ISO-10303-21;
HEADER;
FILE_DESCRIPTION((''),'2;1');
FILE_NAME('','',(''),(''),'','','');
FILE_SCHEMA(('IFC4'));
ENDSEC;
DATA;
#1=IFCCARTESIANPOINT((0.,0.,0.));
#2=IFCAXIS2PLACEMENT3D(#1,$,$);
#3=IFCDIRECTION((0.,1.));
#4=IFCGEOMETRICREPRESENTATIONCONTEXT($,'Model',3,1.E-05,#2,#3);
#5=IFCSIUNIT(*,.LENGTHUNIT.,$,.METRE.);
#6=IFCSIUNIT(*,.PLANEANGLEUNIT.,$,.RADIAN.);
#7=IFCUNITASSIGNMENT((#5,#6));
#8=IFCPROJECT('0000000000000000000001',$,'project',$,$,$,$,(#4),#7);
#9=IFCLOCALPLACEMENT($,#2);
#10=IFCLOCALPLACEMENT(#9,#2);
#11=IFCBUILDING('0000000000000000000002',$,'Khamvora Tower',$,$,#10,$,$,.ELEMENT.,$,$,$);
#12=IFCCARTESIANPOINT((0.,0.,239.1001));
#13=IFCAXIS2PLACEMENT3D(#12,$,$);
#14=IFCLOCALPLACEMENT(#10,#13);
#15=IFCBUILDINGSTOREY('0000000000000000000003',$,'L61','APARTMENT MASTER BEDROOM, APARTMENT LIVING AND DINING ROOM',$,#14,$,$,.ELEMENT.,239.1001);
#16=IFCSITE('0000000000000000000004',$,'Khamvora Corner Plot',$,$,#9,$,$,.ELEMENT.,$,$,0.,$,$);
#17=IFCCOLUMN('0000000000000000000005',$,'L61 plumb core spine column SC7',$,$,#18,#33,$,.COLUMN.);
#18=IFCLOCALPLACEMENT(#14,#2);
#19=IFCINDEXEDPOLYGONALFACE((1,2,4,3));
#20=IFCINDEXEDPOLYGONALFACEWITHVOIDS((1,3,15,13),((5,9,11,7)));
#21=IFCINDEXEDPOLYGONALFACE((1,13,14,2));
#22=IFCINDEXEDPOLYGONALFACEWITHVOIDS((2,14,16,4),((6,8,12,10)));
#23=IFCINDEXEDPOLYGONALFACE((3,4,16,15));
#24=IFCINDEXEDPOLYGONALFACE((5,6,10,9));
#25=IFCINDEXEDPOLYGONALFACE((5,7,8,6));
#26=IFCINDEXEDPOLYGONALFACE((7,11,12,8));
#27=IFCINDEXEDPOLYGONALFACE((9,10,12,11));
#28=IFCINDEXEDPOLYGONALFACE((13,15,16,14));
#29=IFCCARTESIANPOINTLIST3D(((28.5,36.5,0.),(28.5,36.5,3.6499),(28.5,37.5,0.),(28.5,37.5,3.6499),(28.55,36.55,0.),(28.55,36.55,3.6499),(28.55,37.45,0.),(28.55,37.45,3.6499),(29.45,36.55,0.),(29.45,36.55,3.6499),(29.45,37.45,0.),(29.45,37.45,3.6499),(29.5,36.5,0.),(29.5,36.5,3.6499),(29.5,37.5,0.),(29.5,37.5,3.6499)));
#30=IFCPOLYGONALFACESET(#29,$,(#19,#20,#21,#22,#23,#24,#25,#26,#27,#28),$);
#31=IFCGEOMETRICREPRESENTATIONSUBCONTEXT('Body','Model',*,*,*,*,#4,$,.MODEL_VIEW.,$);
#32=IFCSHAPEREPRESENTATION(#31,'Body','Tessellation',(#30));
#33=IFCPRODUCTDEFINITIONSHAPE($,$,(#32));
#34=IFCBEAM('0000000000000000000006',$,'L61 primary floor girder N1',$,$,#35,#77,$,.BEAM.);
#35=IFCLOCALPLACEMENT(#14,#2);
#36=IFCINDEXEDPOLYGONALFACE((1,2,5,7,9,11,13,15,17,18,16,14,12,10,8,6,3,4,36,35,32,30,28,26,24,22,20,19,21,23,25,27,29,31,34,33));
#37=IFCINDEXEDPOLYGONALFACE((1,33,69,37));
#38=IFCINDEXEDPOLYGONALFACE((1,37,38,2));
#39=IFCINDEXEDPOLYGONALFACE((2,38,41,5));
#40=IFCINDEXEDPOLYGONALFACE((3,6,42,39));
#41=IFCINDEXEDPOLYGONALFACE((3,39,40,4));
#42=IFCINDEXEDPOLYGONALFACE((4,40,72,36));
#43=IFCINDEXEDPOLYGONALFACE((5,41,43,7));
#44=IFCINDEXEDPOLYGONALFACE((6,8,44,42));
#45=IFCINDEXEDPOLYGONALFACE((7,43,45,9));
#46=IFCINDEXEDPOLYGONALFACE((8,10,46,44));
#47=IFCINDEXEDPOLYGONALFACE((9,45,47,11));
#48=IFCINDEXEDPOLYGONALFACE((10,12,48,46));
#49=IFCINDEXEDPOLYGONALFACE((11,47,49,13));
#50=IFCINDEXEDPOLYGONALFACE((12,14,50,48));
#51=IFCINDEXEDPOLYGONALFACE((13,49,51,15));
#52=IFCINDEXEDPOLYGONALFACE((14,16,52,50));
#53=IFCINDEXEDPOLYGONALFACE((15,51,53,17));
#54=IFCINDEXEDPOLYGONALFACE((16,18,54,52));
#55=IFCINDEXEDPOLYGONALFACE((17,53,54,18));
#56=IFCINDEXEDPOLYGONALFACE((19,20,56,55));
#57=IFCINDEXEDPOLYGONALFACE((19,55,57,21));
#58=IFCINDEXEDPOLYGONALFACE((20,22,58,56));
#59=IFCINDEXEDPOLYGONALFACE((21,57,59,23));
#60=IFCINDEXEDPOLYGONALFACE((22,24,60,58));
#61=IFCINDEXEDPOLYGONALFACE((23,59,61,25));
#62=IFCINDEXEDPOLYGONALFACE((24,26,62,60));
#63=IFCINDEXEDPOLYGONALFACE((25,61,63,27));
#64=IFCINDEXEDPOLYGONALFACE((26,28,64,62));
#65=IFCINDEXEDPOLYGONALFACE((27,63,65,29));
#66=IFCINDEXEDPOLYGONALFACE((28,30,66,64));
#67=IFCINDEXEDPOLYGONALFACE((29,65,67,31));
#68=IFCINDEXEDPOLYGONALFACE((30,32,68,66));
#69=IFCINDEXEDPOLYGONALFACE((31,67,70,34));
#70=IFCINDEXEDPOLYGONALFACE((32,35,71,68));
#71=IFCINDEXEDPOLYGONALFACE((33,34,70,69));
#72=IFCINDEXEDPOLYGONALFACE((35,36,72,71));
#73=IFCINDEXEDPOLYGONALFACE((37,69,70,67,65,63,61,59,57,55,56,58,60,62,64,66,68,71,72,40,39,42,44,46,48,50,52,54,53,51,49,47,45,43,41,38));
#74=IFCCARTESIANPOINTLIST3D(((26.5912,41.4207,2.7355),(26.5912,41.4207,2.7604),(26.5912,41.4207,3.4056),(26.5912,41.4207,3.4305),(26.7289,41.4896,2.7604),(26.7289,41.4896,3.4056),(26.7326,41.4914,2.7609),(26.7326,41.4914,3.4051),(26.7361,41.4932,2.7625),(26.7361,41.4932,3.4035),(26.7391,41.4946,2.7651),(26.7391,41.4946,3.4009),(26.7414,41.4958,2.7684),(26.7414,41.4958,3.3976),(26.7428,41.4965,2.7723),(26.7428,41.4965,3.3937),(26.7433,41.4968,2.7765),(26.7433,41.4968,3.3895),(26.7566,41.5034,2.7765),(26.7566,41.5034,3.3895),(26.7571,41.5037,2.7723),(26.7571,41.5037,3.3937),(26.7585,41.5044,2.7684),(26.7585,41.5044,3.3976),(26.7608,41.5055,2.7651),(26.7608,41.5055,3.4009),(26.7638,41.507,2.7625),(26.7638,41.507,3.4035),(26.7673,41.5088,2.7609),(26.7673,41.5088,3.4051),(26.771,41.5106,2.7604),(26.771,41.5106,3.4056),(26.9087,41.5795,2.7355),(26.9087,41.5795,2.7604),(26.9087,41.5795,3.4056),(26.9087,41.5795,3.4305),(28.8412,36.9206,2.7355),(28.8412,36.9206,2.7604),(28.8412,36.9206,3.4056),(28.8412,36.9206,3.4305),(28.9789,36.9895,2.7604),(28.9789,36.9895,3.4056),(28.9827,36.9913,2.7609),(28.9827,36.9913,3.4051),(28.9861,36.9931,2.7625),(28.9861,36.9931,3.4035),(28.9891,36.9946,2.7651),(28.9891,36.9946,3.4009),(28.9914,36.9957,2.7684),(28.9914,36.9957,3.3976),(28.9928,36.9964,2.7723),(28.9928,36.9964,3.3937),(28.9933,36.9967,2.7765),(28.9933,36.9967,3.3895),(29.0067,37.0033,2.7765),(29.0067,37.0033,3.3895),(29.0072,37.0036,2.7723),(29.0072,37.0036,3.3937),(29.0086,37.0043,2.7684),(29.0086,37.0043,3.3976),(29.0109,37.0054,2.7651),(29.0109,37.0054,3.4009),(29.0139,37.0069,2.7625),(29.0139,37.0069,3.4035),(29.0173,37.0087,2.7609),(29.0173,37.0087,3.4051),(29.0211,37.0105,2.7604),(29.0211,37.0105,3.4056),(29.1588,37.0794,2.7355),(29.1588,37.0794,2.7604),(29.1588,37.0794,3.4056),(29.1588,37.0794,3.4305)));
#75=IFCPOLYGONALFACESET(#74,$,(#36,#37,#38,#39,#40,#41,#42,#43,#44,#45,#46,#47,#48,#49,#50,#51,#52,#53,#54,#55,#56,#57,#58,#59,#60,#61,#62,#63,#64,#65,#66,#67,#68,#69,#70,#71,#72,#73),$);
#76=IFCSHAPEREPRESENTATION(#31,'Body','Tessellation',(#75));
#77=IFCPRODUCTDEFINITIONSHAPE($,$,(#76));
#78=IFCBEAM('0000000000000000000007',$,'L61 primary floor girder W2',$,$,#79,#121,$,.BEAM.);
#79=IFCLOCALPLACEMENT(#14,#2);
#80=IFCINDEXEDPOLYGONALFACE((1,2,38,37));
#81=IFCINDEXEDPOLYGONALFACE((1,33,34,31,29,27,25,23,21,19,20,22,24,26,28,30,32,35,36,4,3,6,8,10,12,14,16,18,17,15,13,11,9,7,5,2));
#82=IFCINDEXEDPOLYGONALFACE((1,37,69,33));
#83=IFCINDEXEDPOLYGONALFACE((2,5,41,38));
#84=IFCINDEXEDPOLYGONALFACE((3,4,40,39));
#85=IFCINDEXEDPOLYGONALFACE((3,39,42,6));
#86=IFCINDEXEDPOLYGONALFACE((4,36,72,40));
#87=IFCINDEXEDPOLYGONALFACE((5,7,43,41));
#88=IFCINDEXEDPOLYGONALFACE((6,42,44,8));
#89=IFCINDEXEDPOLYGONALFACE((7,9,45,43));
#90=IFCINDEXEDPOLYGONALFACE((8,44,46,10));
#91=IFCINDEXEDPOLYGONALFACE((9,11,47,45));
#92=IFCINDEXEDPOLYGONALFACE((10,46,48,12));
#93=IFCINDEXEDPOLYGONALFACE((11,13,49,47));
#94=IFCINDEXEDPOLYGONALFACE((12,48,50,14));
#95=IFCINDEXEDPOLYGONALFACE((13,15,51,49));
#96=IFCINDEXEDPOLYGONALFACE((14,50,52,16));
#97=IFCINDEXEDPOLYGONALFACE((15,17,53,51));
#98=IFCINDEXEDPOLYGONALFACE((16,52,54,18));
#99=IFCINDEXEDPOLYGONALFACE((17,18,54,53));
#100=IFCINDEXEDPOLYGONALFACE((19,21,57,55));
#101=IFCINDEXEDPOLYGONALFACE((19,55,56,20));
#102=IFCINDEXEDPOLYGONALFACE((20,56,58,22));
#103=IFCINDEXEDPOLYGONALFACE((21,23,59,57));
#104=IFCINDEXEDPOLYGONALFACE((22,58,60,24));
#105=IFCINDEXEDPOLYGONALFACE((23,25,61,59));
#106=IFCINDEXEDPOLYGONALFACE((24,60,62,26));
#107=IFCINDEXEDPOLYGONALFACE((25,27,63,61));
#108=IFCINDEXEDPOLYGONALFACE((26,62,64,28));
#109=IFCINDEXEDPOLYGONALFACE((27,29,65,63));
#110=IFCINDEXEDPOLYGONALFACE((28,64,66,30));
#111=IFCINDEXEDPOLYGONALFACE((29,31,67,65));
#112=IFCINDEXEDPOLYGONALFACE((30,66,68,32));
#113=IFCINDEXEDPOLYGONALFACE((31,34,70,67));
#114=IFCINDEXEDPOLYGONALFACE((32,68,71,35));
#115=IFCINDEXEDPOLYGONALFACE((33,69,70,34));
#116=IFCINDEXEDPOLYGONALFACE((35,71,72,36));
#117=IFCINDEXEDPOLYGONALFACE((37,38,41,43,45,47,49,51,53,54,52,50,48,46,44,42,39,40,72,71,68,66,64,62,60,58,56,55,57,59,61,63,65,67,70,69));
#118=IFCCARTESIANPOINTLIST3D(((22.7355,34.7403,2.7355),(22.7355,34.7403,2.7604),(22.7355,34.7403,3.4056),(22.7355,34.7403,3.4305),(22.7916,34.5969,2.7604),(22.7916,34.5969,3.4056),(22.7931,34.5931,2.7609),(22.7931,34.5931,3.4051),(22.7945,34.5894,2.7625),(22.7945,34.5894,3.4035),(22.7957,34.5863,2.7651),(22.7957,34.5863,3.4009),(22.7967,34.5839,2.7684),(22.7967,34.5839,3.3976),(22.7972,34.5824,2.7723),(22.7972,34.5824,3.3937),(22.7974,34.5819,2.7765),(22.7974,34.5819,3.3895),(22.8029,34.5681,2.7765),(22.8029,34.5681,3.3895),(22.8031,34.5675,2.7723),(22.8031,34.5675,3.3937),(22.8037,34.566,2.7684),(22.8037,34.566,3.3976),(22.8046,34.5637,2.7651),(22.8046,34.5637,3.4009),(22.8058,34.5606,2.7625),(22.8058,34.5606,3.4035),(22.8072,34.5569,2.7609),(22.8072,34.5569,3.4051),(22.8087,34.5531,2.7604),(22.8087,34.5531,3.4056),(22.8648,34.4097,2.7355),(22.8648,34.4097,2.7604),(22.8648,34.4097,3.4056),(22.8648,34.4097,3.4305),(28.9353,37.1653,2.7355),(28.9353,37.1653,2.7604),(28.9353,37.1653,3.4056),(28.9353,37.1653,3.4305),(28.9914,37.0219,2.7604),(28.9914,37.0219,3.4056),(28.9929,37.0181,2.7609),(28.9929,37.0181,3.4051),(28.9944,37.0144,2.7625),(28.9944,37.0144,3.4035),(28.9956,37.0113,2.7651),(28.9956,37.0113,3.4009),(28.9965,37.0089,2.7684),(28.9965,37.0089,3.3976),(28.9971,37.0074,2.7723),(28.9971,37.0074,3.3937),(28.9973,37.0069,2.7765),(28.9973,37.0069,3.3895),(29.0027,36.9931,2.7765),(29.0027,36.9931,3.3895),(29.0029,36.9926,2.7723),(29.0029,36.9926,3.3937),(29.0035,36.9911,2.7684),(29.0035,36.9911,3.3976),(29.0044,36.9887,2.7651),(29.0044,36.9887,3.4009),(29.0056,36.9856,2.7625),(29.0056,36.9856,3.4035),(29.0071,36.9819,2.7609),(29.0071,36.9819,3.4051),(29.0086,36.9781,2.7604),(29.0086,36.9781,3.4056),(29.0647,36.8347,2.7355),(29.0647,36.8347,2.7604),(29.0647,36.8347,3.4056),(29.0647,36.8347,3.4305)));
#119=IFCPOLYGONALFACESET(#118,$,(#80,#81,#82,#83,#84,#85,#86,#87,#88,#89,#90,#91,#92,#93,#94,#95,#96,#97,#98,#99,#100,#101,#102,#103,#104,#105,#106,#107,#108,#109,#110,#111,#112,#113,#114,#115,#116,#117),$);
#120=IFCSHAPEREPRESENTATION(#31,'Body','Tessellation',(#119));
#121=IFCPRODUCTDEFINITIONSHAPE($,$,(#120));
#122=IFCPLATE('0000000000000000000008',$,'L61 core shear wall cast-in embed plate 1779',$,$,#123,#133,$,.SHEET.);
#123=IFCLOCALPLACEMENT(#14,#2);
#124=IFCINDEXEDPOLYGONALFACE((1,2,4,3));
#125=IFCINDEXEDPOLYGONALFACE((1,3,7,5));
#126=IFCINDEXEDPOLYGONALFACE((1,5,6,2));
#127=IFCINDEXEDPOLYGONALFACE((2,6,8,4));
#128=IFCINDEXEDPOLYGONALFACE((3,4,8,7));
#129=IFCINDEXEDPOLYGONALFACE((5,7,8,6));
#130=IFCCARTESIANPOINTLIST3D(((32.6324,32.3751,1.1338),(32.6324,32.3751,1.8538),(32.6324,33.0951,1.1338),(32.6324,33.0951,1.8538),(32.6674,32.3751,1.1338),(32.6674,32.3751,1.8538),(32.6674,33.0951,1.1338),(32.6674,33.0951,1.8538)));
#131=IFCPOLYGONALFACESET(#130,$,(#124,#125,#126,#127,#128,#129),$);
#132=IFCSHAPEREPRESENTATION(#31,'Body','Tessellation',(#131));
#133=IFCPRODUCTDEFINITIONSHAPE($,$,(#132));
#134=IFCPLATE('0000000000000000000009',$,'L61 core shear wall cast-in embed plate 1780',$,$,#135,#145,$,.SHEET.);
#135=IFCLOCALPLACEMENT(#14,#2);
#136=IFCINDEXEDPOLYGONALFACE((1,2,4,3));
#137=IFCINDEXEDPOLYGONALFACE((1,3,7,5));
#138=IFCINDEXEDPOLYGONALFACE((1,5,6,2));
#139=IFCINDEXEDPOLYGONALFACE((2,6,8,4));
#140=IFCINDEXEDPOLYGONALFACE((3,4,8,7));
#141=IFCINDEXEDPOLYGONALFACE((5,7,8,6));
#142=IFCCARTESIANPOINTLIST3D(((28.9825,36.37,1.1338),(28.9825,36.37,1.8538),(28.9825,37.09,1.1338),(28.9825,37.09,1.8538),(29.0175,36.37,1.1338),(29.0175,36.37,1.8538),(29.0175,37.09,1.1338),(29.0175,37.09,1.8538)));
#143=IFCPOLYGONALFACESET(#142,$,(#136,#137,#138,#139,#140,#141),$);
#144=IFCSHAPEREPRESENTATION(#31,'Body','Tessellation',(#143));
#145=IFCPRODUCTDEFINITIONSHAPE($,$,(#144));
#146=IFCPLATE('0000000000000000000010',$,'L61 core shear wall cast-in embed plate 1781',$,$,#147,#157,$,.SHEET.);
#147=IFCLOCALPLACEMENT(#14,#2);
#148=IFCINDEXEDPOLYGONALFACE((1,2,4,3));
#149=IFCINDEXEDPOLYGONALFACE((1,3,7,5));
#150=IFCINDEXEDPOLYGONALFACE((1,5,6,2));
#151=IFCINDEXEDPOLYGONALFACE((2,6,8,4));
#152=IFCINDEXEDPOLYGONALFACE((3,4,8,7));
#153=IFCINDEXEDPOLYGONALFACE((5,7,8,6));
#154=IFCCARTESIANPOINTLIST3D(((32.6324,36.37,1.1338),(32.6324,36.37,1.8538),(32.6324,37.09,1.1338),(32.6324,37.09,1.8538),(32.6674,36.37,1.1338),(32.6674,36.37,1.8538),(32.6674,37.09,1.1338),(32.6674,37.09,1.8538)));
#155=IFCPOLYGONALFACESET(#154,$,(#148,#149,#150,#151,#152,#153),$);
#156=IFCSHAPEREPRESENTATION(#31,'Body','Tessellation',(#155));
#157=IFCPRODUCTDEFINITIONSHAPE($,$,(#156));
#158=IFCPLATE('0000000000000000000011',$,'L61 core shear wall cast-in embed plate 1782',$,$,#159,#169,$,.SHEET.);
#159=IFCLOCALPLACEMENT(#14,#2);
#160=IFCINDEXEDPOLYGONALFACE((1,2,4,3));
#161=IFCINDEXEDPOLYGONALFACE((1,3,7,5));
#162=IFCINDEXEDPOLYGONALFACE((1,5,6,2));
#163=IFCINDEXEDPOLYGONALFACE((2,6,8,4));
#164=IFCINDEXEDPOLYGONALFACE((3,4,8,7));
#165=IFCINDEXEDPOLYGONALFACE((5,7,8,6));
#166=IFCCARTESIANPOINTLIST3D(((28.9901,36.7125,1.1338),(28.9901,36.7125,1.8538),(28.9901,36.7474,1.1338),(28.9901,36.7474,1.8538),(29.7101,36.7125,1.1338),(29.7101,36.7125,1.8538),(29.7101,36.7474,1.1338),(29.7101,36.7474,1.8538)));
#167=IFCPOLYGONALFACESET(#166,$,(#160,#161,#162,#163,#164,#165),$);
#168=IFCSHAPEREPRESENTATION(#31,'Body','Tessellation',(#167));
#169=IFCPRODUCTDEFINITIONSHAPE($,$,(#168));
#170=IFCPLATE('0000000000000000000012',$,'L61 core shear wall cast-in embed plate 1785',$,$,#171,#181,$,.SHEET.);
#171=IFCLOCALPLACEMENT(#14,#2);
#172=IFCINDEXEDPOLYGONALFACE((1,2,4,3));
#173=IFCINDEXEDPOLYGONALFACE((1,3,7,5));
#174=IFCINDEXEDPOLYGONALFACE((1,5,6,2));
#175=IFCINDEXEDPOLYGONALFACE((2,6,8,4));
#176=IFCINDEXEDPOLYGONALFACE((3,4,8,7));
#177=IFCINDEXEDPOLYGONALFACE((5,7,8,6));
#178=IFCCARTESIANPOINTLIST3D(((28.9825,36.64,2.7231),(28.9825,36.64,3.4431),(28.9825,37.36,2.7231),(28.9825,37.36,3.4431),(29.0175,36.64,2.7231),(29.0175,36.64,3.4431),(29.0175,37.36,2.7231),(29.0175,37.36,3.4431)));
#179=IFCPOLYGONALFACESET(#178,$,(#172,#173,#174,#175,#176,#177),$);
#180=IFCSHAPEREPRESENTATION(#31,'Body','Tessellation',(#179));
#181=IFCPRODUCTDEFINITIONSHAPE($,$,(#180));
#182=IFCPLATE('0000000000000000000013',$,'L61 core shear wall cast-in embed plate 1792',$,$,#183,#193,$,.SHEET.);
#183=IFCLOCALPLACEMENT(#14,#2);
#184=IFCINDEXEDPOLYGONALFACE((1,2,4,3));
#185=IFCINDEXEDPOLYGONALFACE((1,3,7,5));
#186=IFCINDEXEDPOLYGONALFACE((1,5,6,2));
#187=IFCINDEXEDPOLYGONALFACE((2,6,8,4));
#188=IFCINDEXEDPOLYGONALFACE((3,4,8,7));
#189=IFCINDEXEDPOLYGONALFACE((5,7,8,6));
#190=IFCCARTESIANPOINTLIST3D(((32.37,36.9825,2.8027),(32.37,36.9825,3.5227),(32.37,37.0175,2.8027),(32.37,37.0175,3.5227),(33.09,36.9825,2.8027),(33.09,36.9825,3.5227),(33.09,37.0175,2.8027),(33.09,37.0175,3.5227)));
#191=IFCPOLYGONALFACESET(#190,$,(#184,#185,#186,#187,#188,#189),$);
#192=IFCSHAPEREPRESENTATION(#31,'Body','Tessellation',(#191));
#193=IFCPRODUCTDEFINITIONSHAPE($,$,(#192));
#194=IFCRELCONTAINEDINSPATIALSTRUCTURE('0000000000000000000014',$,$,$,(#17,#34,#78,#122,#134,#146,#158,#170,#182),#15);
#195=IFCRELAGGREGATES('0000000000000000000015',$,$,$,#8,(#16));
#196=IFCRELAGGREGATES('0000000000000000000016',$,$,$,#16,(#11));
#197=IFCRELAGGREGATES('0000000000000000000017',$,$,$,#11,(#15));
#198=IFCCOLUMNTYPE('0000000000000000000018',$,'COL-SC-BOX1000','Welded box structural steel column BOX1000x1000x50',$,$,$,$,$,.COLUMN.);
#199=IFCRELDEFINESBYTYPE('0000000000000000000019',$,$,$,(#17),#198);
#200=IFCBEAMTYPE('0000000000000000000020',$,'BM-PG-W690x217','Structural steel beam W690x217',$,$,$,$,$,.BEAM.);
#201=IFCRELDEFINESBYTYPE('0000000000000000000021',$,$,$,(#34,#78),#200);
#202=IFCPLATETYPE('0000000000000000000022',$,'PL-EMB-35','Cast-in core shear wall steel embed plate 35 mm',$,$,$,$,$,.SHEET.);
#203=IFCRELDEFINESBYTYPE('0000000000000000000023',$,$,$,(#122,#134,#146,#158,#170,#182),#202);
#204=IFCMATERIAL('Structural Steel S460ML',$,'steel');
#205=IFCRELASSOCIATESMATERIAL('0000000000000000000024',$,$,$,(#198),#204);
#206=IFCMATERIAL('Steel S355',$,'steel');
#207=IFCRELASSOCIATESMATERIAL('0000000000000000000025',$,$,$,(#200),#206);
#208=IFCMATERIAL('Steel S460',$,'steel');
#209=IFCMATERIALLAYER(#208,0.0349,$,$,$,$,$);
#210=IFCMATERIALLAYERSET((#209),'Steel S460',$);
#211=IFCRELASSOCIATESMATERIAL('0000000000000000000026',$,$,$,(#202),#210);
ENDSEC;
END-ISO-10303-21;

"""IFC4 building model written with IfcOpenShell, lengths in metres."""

from ifc_helpers import new_model, si_unit, direction, frame, origin, origin_2d, place, context, subcontext, project, spatial, rectangle, hollow_rectangle, i_section, extrude, material, layer, layer_set, material_profile, profile_set, type_object, element, save


model = new_model("IFC4")

# Units and contexts
model_context = context("Model", 3, precision=1e-05, world=origin(), true_north=direction((0.0, 1.0)))
body_context = subcontext(model_context, "Body", "Model", "MODEL_VIEW")
ifc_project = project(units=[si_unit("LENGTHUNIT", "METRE"), si_unit("PLANEANGLEUNIT", "RADIAN")], contexts=[model_context])

# Site, building, storey
site_placement = place(None, origin())
site = spatial("IfcSite", under=ifc_project, at=site_placement, Name="Khamvora Corner Plot", CompositionType="ELEMENT", RefElevation=0.0)
building_placement = place(site_placement, origin())
building = spatial("IfcBuilding", under=site, at=building_placement, Name="Khamvora Tower", CompositionType="ELEMENT")
storey_placement = place(building_placement, frame((0.0, 0.0, 239.1001)))
storey = spatial("IfcBuildingStorey", under=building, at=storey_placement, Name="L61", Description="APARTMENT MASTER BEDROOM, APARTMENT LIVING AND DINING ROOM", CompositionType="ELEMENT", Elevation=239.1001)

# Column
ifc_material_1 = material(Name="Structural Steel S460ML", Category="steel")
ifc_material_profile_1 = material_profile(ifc_material_1, hollow_rectangle(XDim=1.0, YDim=1.0, WallThickness=0.05, at=origin_2d()), Name="BOX1000x1000x50")
ifc_profile_set_1 = profile_set([ifc_material_profile_1], Name="Structural Steel S460ML")
column_type = type_object("IfcColumnType", Name="COL-SC-BOX1000", Description="Welded box structural steel column BOX1000x1000x50", PredefinedType="COLUMN", material=ifc_profile_set_1)
column_placement = place(storey_placement, frame((29.0, 37.0, 0.0), z_axis=(0.0, 0.0, 1.0), x_axis=(1.0, 0.0, 0.0)))
element("IfcColumn", 1, at=column_placement, inside=storey, type_object=column_type, Name="L61 plumb core spine column SC7", PredefinedType="COLUMN", context=body_context, shape_type="SweptSolid", body=[
    extrude(hollow_rectangle(XDim=1.0, YDim=1.0, WallThickness=0.05, at=origin_2d()), origin(), (0.0, 0.0, 1.0), 3.6499),
])

# Beams
ifc_material_2 = material(Name="Steel S355", Category="steel")
ifc_material_profile_2 = material_profile(ifc_material_2, i_section(OverallWidth=0.355, OverallDepth=0.6951, WebThickness=0.0149, FlangeThickness=0.0249, FilletRadius=0.0161, at=origin_2d()), Name="W690x217")
ifc_profile_set_2 = profile_set([ifc_material_profile_2], Name="Steel S355")
beam_type = type_object("IfcBeamType", Name="BM-PG-W690x217", Description="Structural steel beam W690x217", PredefinedType="BEAM", material=ifc_profile_set_2)
beam_1_placement = place(storey_placement, frame((29.0, 37.0, 3.083), z_axis=(-0.447214, 0.894427, 0.0), x_axis=(-0.894427, -0.447214, 0.0)))
element("IfcBeam", 2, at=beam_1_placement, inside=storey, type_object=beam_type, Name="L61 primary floor girder N1", PredefinedType="BEAM", context=body_context, shape_type="SweptSolid", body=[
    extrude(i_section(OverallWidth=0.355, OverallDepth=0.6951, WebThickness=0.0149, FlangeThickness=0.0249, FilletRadius=0.0161, at=origin_2d()), origin(), (0.0, 0.0, 1.0), 5.0312),
])
beam_2_placement = place(storey_placement, frame((29.0, 37.0, 3.083), z_axis=(-0.931295, -0.364267, 0.0), x_axis=(0.364267, -0.931295, 0.0)))
element("IfcBeam", 3, at=beam_2_placement, inside=storey, type_object=beam_type, Name="L61 primary floor girder W2", PredefinedType="BEAM", context=body_context, shape_type="SweptSolid", body=[
    extrude(i_section(OverallWidth=0.355, OverallDepth=0.6951, WebThickness=0.0149, FlangeThickness=0.0249, FilletRadius=0.0161, at=origin_2d()), origin(), (0.0, 0.0, 1.0), 6.6572),
])

# Plates
ifc_material_3 = material(Name="Steel S460", Category="steel")
ifc_layer_1 = layer(ifc_material_3, 0.0349)
ifc_layer_set_1 = layer_set([ifc_layer_1], Name="Steel S460")
plate_type = type_object("IfcPlateType", Name="PL-EMB-35", Description="Cast-in core shear wall steel embed plate 35 mm", PredefinedType="SHEET", material=ifc_layer_set_1)
for number, where, z_axis, x_axis, name in (
    (4, (32.6499, 32.7351, 1.1338), (0.0, 0.0, 1.0), (1.0, 0.0, 0.0), "L61 core shear wall cast-in embed plate 1779"),
    (5, (29.0, 36.73, 1.1338), (0.0, 0.0, 1.0), (1.0, 0.0, 0.0), "L61 core shear wall cast-in embed plate 1780"),
    (6, (32.6499, 36.73, 1.1338), (0.0, 0.0, 1.0), (1.0, 0.0, 0.0), "L61 core shear wall cast-in embed plate 1781"),
):
    element("IfcPlate", number, at=place(storey_placement, frame(where, z_axis=z_axis, x_axis=x_axis)), inside=storey, type_object=plate_type, Name=name, PredefinedType="SHEET", context=body_context, shape_type="SweptSolid", body=[
        extrude(rectangle(XDim=0.0349, YDim=0.72, at=origin_2d()), origin(), (0.0, 0.0, 1.0), 0.72),
    ])
plate_1_placement = place(storey_placement, frame((29.3501, 36.73, 1.1338), z_axis=(0.0, 0.0, 1.0), x_axis=(1.0, 0.0, 0.0)))
element("IfcPlate", 7, at=plate_1_placement, inside=storey, type_object=plate_type, Name="L61 core shear wall cast-in embed plate 1782", PredefinedType="SHEET", context=body_context, shape_type="SweptSolid", body=[
    extrude(rectangle(XDim=0.72, YDim=0.0349, at=origin_2d()), origin(), (0.0, 0.0, 1.0), 0.72),
])
plate_2_placement = place(storey_placement, frame((29.0, 37.0, 2.7231), z_axis=(0.0, 0.0, 1.0), x_axis=(1.0, 0.0, 0.0)))
element("IfcPlate", 8, at=plate_2_placement, inside=storey, type_object=plate_type, Name="L61 core shear wall cast-in embed plate 1785", PredefinedType="SHEET", context=body_context, shape_type="SweptSolid", body=[
    extrude(rectangle(XDim=0.0349, YDim=0.72, at=origin_2d()), origin(), (0.0, 0.0, 1.0), 0.72),
])
plate_3_placement = place(storey_placement, frame((32.73, 37.0, 2.8027), z_axis=(0.0, 0.0, 1.0), x_axis=(1.0, 0.0, 0.0)))
element("IfcPlate", 9, at=plate_3_placement, inside=storey, type_object=plate_type, Name="L61 core shear wall cast-in embed plate 1792", PredefinedType="SHEET", context=body_context, shape_type="SweptSolid", body=[
    extrude(rectangle(XDim=0.72, YDim=0.0349, at=origin_2d()), origin(), (0.0, 0.0, 1.0), 0.72),
])

save(model, "model.ifc")
